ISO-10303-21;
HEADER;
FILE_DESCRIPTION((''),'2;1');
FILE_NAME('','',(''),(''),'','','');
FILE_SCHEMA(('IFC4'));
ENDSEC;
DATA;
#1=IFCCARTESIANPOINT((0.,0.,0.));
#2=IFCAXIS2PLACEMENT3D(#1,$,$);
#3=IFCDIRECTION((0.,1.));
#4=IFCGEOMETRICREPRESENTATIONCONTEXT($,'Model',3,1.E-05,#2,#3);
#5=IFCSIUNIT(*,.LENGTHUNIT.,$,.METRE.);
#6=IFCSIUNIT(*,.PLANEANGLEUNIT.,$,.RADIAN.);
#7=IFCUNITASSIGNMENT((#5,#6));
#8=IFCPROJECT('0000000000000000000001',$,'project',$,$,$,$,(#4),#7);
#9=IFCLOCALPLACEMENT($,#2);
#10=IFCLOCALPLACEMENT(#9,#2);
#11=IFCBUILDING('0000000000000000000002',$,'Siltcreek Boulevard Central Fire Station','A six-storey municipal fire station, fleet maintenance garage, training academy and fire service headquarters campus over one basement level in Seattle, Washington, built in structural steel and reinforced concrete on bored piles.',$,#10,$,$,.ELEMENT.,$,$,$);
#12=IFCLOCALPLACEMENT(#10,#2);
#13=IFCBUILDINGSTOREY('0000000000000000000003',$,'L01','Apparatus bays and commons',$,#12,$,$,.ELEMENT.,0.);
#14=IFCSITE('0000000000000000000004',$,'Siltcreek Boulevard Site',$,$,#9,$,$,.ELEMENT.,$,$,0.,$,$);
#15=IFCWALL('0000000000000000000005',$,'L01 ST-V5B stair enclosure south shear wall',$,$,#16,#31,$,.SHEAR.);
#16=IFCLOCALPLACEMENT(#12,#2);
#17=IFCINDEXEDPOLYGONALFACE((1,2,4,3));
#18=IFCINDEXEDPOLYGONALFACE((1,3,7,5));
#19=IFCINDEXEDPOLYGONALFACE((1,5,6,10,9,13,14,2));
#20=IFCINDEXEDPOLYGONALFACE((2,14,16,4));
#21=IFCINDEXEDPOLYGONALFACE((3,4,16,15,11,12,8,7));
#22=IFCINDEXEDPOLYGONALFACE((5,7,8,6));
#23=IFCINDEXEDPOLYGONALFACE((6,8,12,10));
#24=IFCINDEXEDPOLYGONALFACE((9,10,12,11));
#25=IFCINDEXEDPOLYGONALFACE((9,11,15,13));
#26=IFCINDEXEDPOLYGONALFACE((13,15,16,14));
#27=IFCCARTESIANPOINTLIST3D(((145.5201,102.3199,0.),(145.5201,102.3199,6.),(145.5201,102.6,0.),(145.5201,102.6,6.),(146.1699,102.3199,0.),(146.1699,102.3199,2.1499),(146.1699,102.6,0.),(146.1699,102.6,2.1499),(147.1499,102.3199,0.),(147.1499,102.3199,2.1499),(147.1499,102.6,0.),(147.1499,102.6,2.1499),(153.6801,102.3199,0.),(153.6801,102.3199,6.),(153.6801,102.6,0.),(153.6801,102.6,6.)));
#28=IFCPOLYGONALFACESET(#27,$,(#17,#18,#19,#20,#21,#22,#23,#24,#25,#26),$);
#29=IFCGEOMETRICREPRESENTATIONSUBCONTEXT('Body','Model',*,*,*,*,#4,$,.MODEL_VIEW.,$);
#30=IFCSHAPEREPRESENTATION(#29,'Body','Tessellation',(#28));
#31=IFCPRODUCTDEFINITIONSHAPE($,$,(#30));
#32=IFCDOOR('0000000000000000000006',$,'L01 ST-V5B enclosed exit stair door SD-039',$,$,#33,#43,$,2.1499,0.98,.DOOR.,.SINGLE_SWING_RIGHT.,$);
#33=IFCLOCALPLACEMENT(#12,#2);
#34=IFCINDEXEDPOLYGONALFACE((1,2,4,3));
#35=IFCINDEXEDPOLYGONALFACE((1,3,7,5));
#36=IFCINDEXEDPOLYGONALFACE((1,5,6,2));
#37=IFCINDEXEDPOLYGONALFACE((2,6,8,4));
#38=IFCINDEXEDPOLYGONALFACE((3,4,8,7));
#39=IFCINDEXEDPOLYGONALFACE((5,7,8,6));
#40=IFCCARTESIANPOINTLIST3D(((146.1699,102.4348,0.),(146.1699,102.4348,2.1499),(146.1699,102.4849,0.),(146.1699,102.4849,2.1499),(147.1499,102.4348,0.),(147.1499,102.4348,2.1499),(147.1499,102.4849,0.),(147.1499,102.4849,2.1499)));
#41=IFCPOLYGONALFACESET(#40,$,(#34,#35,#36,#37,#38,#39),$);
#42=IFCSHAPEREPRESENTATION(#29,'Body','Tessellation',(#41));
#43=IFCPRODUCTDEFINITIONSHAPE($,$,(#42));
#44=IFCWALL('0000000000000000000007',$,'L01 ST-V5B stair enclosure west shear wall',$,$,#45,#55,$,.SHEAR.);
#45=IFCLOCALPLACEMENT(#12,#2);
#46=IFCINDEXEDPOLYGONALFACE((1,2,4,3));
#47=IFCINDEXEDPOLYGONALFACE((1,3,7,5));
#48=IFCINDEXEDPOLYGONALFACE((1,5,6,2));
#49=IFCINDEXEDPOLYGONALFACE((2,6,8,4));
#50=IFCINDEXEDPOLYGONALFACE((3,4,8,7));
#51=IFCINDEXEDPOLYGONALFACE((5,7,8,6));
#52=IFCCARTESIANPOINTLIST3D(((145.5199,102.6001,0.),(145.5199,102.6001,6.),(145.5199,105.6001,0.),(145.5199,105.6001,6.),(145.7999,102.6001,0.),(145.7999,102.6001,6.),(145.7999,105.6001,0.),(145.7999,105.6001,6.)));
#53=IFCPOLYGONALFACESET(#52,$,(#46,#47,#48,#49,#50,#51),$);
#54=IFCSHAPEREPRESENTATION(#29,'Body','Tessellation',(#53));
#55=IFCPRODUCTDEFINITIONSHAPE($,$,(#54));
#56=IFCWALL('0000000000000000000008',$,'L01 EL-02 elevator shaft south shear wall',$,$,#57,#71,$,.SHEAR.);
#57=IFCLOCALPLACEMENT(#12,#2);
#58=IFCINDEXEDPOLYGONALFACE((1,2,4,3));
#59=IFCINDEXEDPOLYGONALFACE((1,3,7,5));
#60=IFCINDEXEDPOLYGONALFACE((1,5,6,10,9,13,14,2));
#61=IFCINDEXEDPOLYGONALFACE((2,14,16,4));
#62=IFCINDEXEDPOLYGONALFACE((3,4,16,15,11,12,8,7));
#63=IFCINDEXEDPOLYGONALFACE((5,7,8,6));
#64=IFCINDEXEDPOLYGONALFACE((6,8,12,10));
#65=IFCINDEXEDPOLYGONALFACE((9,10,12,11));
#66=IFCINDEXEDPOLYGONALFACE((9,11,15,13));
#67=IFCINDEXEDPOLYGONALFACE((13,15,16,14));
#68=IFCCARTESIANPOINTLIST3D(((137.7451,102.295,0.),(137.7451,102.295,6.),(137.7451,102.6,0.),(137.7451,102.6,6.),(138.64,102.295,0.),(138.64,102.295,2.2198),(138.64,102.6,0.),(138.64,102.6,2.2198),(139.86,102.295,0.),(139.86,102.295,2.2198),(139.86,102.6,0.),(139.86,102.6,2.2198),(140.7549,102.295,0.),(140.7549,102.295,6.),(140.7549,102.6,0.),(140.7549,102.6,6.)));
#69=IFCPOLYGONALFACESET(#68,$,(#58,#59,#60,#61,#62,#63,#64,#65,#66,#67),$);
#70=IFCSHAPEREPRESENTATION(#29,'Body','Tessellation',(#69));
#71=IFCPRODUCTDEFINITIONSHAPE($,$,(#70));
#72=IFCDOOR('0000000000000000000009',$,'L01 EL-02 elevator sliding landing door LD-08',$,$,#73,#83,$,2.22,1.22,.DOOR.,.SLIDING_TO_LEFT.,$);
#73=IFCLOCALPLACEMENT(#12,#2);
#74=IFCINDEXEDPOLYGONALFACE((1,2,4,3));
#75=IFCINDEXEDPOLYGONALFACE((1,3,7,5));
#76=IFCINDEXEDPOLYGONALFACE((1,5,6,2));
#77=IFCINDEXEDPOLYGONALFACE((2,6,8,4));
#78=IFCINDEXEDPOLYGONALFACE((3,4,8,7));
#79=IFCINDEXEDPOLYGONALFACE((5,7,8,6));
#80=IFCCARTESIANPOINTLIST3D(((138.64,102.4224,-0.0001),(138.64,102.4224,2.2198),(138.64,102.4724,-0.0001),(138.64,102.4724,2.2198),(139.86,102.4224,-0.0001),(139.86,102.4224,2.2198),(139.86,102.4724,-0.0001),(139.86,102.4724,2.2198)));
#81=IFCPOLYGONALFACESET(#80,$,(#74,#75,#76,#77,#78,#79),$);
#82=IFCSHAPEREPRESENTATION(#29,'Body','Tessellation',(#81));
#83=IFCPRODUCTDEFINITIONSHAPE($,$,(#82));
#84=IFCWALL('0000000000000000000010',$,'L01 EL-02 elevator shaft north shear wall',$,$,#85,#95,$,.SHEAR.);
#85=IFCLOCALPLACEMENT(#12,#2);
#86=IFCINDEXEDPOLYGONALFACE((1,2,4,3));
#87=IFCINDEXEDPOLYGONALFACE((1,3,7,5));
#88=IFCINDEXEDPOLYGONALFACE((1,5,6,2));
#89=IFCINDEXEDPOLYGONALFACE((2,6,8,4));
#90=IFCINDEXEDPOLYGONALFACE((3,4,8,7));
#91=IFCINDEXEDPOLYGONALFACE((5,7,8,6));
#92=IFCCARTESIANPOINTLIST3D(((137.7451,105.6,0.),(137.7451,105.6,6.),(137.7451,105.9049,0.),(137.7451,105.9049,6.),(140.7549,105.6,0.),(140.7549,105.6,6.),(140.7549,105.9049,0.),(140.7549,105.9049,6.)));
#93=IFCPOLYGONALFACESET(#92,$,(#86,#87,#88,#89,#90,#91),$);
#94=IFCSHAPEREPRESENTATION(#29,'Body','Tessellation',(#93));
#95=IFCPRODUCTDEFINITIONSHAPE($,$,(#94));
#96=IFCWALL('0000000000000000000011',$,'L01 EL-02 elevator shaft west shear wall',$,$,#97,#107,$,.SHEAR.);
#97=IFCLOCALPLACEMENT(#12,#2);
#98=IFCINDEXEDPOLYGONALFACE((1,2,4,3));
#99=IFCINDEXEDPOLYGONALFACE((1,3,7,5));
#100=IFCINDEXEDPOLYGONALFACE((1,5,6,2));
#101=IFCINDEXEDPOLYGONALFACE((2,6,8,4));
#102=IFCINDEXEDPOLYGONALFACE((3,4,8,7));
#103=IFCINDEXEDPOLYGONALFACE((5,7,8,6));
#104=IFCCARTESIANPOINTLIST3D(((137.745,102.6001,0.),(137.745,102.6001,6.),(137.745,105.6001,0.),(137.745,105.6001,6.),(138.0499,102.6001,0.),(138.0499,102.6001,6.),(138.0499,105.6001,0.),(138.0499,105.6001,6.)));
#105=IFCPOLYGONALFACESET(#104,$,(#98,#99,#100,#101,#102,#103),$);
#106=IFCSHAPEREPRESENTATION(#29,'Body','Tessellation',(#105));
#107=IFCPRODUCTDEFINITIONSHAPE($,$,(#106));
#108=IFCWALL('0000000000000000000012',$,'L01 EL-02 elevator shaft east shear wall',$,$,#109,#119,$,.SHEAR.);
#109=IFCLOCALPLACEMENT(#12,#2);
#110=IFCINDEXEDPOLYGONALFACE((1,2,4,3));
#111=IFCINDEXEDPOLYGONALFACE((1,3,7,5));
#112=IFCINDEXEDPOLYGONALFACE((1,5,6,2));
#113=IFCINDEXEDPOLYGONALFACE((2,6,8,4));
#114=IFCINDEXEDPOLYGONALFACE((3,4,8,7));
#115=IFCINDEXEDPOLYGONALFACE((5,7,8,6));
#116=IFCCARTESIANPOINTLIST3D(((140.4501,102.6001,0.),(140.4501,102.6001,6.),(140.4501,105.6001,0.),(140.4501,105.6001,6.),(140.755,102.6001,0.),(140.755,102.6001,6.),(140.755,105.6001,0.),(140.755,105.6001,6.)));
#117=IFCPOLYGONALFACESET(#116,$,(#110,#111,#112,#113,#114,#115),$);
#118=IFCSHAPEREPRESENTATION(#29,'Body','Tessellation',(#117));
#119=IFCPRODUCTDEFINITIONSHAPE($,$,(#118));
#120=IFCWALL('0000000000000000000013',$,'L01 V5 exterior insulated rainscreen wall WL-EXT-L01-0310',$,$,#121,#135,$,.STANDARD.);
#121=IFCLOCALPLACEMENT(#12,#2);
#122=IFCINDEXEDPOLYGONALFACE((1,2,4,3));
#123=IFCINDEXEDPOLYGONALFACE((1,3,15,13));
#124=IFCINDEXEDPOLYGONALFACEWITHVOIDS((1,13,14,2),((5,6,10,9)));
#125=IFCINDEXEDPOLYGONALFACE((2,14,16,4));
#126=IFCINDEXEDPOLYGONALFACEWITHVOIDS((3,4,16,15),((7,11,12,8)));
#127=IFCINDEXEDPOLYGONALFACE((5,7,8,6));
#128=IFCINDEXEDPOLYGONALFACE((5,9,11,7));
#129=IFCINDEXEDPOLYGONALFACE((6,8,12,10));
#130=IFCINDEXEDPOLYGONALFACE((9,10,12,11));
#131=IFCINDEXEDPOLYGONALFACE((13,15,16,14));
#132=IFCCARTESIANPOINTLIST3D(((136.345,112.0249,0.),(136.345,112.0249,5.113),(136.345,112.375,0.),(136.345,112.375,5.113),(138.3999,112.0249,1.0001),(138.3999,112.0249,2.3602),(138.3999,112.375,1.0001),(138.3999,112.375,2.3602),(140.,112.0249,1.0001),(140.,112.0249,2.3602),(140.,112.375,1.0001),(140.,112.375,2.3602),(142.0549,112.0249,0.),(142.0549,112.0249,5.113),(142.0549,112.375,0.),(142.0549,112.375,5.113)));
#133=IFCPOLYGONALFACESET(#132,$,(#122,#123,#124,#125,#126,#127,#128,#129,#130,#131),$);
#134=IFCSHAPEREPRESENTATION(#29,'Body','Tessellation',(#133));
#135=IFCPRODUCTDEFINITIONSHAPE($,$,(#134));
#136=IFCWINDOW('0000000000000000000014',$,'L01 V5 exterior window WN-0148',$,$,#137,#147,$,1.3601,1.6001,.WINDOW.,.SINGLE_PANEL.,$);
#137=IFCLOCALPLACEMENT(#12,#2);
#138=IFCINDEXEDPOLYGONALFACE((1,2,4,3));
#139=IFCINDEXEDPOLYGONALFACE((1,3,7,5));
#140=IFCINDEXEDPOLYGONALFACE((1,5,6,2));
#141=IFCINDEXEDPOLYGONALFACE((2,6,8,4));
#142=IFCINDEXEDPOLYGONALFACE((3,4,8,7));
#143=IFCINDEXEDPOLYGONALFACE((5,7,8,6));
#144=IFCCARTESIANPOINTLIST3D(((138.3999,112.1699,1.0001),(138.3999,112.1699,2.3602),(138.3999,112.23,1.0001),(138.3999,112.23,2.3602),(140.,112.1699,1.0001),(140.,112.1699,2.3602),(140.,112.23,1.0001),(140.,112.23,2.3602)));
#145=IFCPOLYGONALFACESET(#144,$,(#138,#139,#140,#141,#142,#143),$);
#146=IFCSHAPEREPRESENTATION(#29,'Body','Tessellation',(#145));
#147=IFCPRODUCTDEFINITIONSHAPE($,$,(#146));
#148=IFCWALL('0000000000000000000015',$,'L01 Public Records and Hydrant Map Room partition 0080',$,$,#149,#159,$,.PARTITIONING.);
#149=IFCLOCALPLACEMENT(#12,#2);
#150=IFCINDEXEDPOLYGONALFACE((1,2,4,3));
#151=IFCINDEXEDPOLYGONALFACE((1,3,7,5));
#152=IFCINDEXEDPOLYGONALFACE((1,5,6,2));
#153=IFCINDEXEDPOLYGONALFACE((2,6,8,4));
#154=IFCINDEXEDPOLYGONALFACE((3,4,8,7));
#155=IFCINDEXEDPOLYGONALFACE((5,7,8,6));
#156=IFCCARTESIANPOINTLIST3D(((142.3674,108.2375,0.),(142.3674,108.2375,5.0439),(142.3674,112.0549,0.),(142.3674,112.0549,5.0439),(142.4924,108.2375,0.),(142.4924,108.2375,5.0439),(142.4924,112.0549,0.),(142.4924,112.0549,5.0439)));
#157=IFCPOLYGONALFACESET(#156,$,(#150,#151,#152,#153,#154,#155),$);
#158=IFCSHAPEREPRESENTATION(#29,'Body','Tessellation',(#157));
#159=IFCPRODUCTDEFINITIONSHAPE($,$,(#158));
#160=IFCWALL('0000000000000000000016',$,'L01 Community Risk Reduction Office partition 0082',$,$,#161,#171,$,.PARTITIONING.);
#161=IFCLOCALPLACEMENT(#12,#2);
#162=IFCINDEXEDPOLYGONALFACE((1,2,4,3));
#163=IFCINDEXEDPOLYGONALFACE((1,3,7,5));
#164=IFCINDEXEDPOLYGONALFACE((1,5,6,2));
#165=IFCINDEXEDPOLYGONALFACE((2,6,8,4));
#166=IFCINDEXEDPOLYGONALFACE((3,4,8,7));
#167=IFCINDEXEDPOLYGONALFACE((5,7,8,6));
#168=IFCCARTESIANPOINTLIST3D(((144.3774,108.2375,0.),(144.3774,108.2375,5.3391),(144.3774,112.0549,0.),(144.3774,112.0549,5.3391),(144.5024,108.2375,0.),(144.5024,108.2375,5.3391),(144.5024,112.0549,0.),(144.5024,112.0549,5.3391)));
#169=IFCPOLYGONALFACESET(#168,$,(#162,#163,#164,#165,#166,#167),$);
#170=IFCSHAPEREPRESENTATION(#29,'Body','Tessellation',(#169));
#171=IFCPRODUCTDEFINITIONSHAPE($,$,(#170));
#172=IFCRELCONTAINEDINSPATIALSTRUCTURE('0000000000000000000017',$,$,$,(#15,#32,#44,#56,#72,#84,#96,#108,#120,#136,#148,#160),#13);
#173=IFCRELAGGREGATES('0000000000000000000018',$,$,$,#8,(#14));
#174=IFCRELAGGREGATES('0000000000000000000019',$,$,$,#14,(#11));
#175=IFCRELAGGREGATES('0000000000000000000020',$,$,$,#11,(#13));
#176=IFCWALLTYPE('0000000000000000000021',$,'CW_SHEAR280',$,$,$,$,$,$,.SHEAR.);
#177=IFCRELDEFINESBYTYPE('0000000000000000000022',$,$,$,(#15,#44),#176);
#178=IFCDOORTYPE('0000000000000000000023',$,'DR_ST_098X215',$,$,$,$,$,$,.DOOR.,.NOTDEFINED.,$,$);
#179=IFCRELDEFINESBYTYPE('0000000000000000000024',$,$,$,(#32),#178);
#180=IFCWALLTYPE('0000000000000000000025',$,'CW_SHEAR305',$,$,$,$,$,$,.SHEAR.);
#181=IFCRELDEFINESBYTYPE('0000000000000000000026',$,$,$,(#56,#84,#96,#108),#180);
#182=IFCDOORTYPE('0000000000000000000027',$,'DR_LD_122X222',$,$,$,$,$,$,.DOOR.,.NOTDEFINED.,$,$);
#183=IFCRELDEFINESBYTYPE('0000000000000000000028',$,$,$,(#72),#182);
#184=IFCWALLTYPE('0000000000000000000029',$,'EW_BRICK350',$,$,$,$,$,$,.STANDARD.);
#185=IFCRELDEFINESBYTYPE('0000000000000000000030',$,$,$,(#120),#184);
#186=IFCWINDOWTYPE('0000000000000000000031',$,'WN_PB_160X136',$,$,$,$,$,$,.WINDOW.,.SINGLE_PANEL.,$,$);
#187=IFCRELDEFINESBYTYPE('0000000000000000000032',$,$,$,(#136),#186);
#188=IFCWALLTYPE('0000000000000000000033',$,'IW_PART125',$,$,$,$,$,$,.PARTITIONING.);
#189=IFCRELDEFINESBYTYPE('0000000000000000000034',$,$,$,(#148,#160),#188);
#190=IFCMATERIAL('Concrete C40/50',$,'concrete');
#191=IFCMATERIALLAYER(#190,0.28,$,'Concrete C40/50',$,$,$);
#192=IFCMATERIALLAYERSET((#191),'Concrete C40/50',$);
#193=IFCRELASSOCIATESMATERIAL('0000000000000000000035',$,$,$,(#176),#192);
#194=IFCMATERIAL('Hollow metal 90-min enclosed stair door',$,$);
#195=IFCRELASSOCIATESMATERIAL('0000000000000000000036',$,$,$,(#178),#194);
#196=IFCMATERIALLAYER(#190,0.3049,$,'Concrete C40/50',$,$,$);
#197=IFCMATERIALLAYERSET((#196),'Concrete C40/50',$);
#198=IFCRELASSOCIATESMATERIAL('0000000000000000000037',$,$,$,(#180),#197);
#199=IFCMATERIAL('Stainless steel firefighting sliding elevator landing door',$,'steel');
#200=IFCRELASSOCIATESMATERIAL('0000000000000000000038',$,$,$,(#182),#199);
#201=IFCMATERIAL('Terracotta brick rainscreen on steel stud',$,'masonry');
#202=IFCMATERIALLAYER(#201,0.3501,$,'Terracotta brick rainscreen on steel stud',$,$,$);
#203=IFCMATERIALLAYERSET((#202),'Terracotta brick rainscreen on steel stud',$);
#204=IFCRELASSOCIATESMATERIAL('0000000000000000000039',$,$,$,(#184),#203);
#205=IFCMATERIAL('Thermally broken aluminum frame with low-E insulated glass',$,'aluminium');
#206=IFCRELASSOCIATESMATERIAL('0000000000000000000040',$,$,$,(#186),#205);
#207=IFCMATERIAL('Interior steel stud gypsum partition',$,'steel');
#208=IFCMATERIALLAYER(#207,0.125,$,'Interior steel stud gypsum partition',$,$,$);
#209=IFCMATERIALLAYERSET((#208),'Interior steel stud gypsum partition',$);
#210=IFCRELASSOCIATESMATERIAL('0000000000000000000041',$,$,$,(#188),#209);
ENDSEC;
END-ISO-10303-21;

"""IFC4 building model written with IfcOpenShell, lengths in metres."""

from ifc_helpers import new_model, si_unit, direction, frame, frame_2d, origin, place, context, subcontext, project, spatial, rectangle, extrude, material, layer, layer_set, type_object, element, fill, save


model = new_model("IFC4")

# Units and contexts
model_context = context("Model", 3, precision=1e-05, world=origin(), true_north=direction((0.0, 1.0)))
body_context = subcontext(model_context, "Body", "Model", "MODEL_VIEW")
ifc_project = project(units=[si_unit("LENGTHUNIT", "METRE"), si_unit("PLANEANGLEUNIT", "RADIAN")], contexts=[model_context])

# Site, building, storey
site_placement = place(None, origin())
site = spatial("IfcSite", under=ifc_project, at=site_placement, Name="Siltcreek Boulevard Site", CompositionType="ELEMENT", RefElevation=0.0)
building_placement = place(site_placement, origin())
building = spatial("IfcBuilding", under=site, at=building_placement, Name="Siltcreek Boulevard Central Fire Station", Description="A six-storey municipal fire station, fleet maintenance garage, training academy and fire service headquarters campus over one basement level in Seattle, Washington, built in structural steel and reinforced concrete on bored piles.", CompositionType="ELEMENT")
storey_placement = place(building_placement, origin())
storey = spatial("IfcBuildingStorey", under=building, at=storey_placement, Name="L01", Description="Apparatus bays and commons", CompositionType="ELEMENT", Elevation=0.0)

# Wall, opening, door
ifc_material_1 = material(Name="Concrete C40/50", Category="concrete")
ifc_layer_1 = layer(ifc_material_1, 0.28, Name="Concrete C40/50")
ifc_layer_set_1 = layer_set([ifc_layer_1], Name="Concrete C40/50")
wall_type_1 = type_object("IfcWallType", Name="CW_SHEAR280", PredefinedType="SHEAR", material=ifc_layer_set_1)
wall_1_placement = place(storey_placement, frame((145.52, 102.46, 0.0), z_axis=(0.0, 0.0, 1.0), x_axis=(1.0, 0.0, 0.0)))
wall_1 = element("IfcWall", 1, at=wall_1_placement, inside=storey, type_object=wall_type_1, Name="L01 ST-V5B stair enclosure south shear wall", PredefinedType="SHEAR", context=body_context, shape_type="SweptSolid", body=[
    extrude(rectangle(XDim=8.1599, YDim=0.28, at=frame_2d((4.0801, 0.0))), origin(), (0.0, 0.0, 1.0), 6.0),
])
opening_1_placement = place(wall_1_placement, frame((0.6499, 0.0, 0.0)))
opening_1 = element("IfcOpeningElement", 2, at=opening_1_placement, cuts=wall_1, PredefinedType="OPENING", context=body_context, shape_type="SweptSolid", body=[
    extrude(rectangle(XDim=0.98, YDim=2.1499, at=frame_2d((0.49, 1.075))), frame((0.0, 0.1499, 0.0), z_axis=(0.0, -1.0, 0.0), x_axis=(1.0, 0.0, 0.0)), (0.0, 0.0, 1.0), 0.3),
])
ifc_material_2 = material(Name="Hollow metal 90-min enclosed stair door")
door_type_1 = type_object("IfcDoorType", Name="DR_ST_098X215", OperationType="NOTDEFINED", PredefinedType="DOOR", material=ifc_material_2)
door_1_placement = place(opening_1_placement, origin())
door_1 = element("IfcDoor", 3, at=door_1_placement, inside=storey, type_object=door_type_1, Name="L01 ST-V5B enclosed exit stair door SD-039", OperationType="SINGLE_SWING_RIGHT", OverallHeight=2.1499, OverallWidth=0.98, PredefinedType="DOOR", context=body_context, shape_type="SweptSolid", body=[
    extrude(rectangle(XDim=0.98, YDim=2.1499, at=frame_2d((0.49, 1.075))), frame((0.0, 0.0249, 0.0), z_axis=(0.0, -1.0, 0.0), x_axis=(1.0, 0.0, 0.0)), (0.0, 0.0, 1.0), 0.05),
])
fill(opening_1, door_1)

# Wall
wall_2_placement = place(storey_placement, frame((145.6599, 105.6001, 0.0), z_axis=(0.0, 0.0, 1.0), x_axis=(0.0, -1.0, 0.0)))
element("IfcWall", 4, at=wall_2_placement, inside=storey, type_object=wall_type_1, Name="L01 ST-V5B stair enclosure west shear wall", PredefinedType="SHEAR", context=body_context, shape_type="SweptSolid", body=[
    extrude(rectangle(XDim=3.0, YDim=0.28, at=frame_2d((1.5, 0.0))), origin(), (0.0, 0.0, 1.0), 6.0),
])

# Wall, opening, door
ifc_layer_2 = layer(ifc_material_1, 0.3049, Name="Concrete C40/50")
ifc_layer_set_2 = layer_set([ifc_layer_2], Name="Concrete C40/50")
wall_type_2 = type_object("IfcWallType", Name="CW_SHEAR305", PredefinedType="SHEAR", material=ifc_layer_set_2)
wall_3_placement = place(storey_placement, frame((137.7451, 102.4475, 0.0), z_axis=(0.0, 0.0, 1.0), x_axis=(1.0, 0.0, 0.0)))
wall_3 = element("IfcWall", 5, at=wall_3_placement, inside=storey, type_object=wall_type_2, Name="L01 EL-02 elevator shaft south shear wall", PredefinedType="SHEAR", context=body_context, shape_type="SweptSolid", body=[
    extrude(rectangle(XDim=3.0098, YDim=0.3049, at=frame_2d((1.5049, 0.0))), origin(), (0.0, 0.0, 1.0), 6.0),
])
opening_2_placement = place(wall_3_placement, frame((0.895, 0.0, 0.0)))
opening_2 = element("IfcOpeningElement", 6, at=opening_2_placement, cuts=wall_3, PredefinedType="OPENING", context=body_context, shape_type="SweptSolid", body=[
    extrude(rectangle(XDim=1.22, YDim=2.22, at=frame_2d((0.6099, 1.1099))), frame((0.0, 0.1624, 0.0), z_axis=(0.0, -1.0, 0.0), x_axis=(1.0, 0.0, 0.0)), (0.0, 0.0, 1.0), 0.325),
])
ifc_material_3 = material(Name="Stainless steel firefighting sliding elevator landing door", Category="steel")
door_type_2 = type_object("IfcDoorType", Name="DR_LD_122X222", OperationType="NOTDEFINED", PredefinedType="DOOR", material=ifc_material_3)
door_2_placement = place(opening_2_placement, origin())
door_2 = element("IfcDoor", 7, at=door_2_placement, inside=storey, type_object=door_type_2, Name="L01 EL-02 elevator sliding landing door LD-08", OperationType="SLIDING_TO_LEFT", OverallHeight=2.22, OverallWidth=1.22, PredefinedType="DOOR", context=body_context, shape_type="SweptSolid", body=[
    extrude(rectangle(XDim=1.22, YDim=2.22, at=frame_2d((0.6099, 1.1099))), frame((0.0, 0.0249, 0.0), z_axis=(0.0, -1.0, 0.0), x_axis=(1.0, 0.0, 0.0)), (0.0, 0.0, 1.0), 0.05),
])
fill(opening_2, door_2)

# Walls
wall_4_placement = place(storey_placement, frame((140.7549, 105.7524, 0.0), z_axis=(0.0, 0.0, 1.0), x_axis=(-1.0, 0.0, 0.0)))
element("IfcWall", 8, at=wall_4_placement, inside=storey, type_object=wall_type_2, Name="L01 EL-02 elevator shaft north shear wall", PredefinedType="SHEAR", context=body_context, shape_type="SweptSolid", body=[
    extrude(rectangle(XDim=3.0098, YDim=0.3049, at=frame_2d((1.5049, 0.0))), origin(), (0.0, 0.0, 1.0), 6.0),
])
for number, where, z_axis, x_axis, name in (
    (9, (137.8975, 105.6001, 0.0), (0.0, 0.0, 1.0), (0.0, -1.0, 0.0), "L01 EL-02 elevator shaft west shear wall"),
    (10, (140.6025, 102.6001, 0.0), (0.0, 0.0, 1.0), (0.0, 1.0, 0.0), "L01 EL-02 elevator shaft east shear wall"),
):
    element("IfcWall", number, at=place(storey_placement, frame(where, z_axis=z_axis, x_axis=x_axis)), inside=storey, type_object=wall_type_2, Name=name, PredefinedType="SHEAR", context=body_context, shape_type="SweptSolid", body=[
        extrude(rectangle(XDim=3.0, YDim=0.3049, at=frame_2d((1.5, 0.0))), origin(), (0.0, 0.0, 1.0), 6.0),
    ])

# Wall, opening, window
ifc_material_4 = material(Name="Terracotta brick rainscreen on steel stud", Category="masonry")
ifc_layer_3 = layer(ifc_material_4, 0.3501, Name="Terracotta brick rainscreen on steel stud")
ifc_layer_set_3 = layer_set([ifc_layer_3], Name="Terracotta brick rainscreen on steel stud")
wall_type_3 = type_object("IfcWallType", Name="EW_BRICK350", PredefinedType="STANDARD", material=ifc_layer_set_3)
wall_5_placement = place(storey_placement, frame((142.0549, 112.2, 0.0), z_axis=(0.0, 0.0, 1.0), x_axis=(-1.0, 0.0, 0.0)))
wall_5 = element("IfcWall", 11, at=wall_5_placement, inside=storey, type_object=wall_type_3, Name="L01 V5 exterior insulated rainscreen wall WL-EXT-L01-0310", PredefinedType="STANDARD", context=body_context, shape_type="SweptSolid", body=[
    extrude(rectangle(XDim=5.71, YDim=0.3501, at=frame_2d((2.855, 0.0))), origin(), (0.0, 0.0, 1.0), 5.113),
])
opening_3_placement = place(wall_5_placement, frame((2.0549, 0.0, 1.0)))
opening_3 = element("IfcOpeningElement", 12, at=opening_3_placement, cuts=wall_5, PredefinedType="OPENING", context=body_context, shape_type="SweptSolid", body=[
    extrude(rectangle(XDim=1.6001, YDim=1.3601, at=frame_2d((0.8, 0.6802))), frame((0.0, 0.1851, 0.0), z_axis=(0.0, -1.0, 0.0), x_axis=(1.0, 0.0, 0.0)), (0.0, 0.0, 1.0), 0.3701),
])
ifc_material_5 = material(Name="Thermally broken aluminum frame with low-E insulated glass", Category="aluminium")
window_type = type_object("IfcWindowType", Name="WN_PB_160X136", PartitioningType="SINGLE_PANEL", PredefinedType="WINDOW", material=ifc_material_5)
window_placement = place(opening_3_placement, origin())
window = element("IfcWindow", 13, at=window_placement, inside=storey, type_object=window_type, Name="L01 V5 exterior window WN-0148", OverallHeight=1.3601, OverallWidth=1.6001, PartitioningType="SINGLE_PANEL", PredefinedType="WINDOW", context=body_context, shape_type="SweptSolid", body=[
    extrude(rectangle(XDim=1.6001, YDim=1.3601, at=frame_2d((0.8, 0.6802))), frame((0.0, 0.03, 0.0), z_axis=(0.0, -1.0, 0.0), x_axis=(1.0, 0.0, 0.0)), (0.0, 0.0, 1.0), 0.0601),
])
fill(opening_3, window)

# Walls
ifc_material_6 = material(Name="Interior steel stud gypsum partition", Category="steel")
ifc_layer_4 = layer(ifc_material_6, 0.125, Name="Interior steel stud gypsum partition")
ifc_layer_set_4 = layer_set([ifc_layer_4], Name="Interior steel stud gypsum partition")
wall_type_4 = type_object("IfcWallType", Name="IW_PART125", PredefinedType="PARTITIONING", material=ifc_layer_set_4)
wall_6_placement = place(storey_placement, frame((142.4299, 112.0549, 0.0), z_axis=(0.0, 0.0, 1.0), x_axis=(0.0, -1.0, 0.0)))
element("IfcWall", 14, at=wall_6_placement, inside=storey, type_object=wall_type_4, Name="L01 Public Records and Hydrant Map Room partition 0080", PredefinedType="PARTITIONING", context=body_context, shape_type="SweptSolid", body=[
    extrude(rectangle(XDim=3.8174, YDim=0.125, at=frame_2d((1.9087, 0.0))), origin(), (0.0, 0.0, 1.0), 5.0439),
])
wall_7_placement = place(storey_placement, frame((144.4399, 108.2375, 0.0), z_axis=(0.0, 0.0, 1.0), x_axis=(0.0, 1.0, 0.0)))
element("IfcWall", 15, at=wall_7_placement, inside=storey, type_object=wall_type_4, Name="L01 Community Risk Reduction Office partition 0082", PredefinedType="PARTITIONING", context=body_context, shape_type="SweptSolid", body=[
    extrude(rectangle(XDim=3.8174, YDim=0.125, at=frame_2d((1.9087, 0.0))), origin(), (0.0, 0.0, 1.0), 5.3391),
])

save(model, "model.ifc")
